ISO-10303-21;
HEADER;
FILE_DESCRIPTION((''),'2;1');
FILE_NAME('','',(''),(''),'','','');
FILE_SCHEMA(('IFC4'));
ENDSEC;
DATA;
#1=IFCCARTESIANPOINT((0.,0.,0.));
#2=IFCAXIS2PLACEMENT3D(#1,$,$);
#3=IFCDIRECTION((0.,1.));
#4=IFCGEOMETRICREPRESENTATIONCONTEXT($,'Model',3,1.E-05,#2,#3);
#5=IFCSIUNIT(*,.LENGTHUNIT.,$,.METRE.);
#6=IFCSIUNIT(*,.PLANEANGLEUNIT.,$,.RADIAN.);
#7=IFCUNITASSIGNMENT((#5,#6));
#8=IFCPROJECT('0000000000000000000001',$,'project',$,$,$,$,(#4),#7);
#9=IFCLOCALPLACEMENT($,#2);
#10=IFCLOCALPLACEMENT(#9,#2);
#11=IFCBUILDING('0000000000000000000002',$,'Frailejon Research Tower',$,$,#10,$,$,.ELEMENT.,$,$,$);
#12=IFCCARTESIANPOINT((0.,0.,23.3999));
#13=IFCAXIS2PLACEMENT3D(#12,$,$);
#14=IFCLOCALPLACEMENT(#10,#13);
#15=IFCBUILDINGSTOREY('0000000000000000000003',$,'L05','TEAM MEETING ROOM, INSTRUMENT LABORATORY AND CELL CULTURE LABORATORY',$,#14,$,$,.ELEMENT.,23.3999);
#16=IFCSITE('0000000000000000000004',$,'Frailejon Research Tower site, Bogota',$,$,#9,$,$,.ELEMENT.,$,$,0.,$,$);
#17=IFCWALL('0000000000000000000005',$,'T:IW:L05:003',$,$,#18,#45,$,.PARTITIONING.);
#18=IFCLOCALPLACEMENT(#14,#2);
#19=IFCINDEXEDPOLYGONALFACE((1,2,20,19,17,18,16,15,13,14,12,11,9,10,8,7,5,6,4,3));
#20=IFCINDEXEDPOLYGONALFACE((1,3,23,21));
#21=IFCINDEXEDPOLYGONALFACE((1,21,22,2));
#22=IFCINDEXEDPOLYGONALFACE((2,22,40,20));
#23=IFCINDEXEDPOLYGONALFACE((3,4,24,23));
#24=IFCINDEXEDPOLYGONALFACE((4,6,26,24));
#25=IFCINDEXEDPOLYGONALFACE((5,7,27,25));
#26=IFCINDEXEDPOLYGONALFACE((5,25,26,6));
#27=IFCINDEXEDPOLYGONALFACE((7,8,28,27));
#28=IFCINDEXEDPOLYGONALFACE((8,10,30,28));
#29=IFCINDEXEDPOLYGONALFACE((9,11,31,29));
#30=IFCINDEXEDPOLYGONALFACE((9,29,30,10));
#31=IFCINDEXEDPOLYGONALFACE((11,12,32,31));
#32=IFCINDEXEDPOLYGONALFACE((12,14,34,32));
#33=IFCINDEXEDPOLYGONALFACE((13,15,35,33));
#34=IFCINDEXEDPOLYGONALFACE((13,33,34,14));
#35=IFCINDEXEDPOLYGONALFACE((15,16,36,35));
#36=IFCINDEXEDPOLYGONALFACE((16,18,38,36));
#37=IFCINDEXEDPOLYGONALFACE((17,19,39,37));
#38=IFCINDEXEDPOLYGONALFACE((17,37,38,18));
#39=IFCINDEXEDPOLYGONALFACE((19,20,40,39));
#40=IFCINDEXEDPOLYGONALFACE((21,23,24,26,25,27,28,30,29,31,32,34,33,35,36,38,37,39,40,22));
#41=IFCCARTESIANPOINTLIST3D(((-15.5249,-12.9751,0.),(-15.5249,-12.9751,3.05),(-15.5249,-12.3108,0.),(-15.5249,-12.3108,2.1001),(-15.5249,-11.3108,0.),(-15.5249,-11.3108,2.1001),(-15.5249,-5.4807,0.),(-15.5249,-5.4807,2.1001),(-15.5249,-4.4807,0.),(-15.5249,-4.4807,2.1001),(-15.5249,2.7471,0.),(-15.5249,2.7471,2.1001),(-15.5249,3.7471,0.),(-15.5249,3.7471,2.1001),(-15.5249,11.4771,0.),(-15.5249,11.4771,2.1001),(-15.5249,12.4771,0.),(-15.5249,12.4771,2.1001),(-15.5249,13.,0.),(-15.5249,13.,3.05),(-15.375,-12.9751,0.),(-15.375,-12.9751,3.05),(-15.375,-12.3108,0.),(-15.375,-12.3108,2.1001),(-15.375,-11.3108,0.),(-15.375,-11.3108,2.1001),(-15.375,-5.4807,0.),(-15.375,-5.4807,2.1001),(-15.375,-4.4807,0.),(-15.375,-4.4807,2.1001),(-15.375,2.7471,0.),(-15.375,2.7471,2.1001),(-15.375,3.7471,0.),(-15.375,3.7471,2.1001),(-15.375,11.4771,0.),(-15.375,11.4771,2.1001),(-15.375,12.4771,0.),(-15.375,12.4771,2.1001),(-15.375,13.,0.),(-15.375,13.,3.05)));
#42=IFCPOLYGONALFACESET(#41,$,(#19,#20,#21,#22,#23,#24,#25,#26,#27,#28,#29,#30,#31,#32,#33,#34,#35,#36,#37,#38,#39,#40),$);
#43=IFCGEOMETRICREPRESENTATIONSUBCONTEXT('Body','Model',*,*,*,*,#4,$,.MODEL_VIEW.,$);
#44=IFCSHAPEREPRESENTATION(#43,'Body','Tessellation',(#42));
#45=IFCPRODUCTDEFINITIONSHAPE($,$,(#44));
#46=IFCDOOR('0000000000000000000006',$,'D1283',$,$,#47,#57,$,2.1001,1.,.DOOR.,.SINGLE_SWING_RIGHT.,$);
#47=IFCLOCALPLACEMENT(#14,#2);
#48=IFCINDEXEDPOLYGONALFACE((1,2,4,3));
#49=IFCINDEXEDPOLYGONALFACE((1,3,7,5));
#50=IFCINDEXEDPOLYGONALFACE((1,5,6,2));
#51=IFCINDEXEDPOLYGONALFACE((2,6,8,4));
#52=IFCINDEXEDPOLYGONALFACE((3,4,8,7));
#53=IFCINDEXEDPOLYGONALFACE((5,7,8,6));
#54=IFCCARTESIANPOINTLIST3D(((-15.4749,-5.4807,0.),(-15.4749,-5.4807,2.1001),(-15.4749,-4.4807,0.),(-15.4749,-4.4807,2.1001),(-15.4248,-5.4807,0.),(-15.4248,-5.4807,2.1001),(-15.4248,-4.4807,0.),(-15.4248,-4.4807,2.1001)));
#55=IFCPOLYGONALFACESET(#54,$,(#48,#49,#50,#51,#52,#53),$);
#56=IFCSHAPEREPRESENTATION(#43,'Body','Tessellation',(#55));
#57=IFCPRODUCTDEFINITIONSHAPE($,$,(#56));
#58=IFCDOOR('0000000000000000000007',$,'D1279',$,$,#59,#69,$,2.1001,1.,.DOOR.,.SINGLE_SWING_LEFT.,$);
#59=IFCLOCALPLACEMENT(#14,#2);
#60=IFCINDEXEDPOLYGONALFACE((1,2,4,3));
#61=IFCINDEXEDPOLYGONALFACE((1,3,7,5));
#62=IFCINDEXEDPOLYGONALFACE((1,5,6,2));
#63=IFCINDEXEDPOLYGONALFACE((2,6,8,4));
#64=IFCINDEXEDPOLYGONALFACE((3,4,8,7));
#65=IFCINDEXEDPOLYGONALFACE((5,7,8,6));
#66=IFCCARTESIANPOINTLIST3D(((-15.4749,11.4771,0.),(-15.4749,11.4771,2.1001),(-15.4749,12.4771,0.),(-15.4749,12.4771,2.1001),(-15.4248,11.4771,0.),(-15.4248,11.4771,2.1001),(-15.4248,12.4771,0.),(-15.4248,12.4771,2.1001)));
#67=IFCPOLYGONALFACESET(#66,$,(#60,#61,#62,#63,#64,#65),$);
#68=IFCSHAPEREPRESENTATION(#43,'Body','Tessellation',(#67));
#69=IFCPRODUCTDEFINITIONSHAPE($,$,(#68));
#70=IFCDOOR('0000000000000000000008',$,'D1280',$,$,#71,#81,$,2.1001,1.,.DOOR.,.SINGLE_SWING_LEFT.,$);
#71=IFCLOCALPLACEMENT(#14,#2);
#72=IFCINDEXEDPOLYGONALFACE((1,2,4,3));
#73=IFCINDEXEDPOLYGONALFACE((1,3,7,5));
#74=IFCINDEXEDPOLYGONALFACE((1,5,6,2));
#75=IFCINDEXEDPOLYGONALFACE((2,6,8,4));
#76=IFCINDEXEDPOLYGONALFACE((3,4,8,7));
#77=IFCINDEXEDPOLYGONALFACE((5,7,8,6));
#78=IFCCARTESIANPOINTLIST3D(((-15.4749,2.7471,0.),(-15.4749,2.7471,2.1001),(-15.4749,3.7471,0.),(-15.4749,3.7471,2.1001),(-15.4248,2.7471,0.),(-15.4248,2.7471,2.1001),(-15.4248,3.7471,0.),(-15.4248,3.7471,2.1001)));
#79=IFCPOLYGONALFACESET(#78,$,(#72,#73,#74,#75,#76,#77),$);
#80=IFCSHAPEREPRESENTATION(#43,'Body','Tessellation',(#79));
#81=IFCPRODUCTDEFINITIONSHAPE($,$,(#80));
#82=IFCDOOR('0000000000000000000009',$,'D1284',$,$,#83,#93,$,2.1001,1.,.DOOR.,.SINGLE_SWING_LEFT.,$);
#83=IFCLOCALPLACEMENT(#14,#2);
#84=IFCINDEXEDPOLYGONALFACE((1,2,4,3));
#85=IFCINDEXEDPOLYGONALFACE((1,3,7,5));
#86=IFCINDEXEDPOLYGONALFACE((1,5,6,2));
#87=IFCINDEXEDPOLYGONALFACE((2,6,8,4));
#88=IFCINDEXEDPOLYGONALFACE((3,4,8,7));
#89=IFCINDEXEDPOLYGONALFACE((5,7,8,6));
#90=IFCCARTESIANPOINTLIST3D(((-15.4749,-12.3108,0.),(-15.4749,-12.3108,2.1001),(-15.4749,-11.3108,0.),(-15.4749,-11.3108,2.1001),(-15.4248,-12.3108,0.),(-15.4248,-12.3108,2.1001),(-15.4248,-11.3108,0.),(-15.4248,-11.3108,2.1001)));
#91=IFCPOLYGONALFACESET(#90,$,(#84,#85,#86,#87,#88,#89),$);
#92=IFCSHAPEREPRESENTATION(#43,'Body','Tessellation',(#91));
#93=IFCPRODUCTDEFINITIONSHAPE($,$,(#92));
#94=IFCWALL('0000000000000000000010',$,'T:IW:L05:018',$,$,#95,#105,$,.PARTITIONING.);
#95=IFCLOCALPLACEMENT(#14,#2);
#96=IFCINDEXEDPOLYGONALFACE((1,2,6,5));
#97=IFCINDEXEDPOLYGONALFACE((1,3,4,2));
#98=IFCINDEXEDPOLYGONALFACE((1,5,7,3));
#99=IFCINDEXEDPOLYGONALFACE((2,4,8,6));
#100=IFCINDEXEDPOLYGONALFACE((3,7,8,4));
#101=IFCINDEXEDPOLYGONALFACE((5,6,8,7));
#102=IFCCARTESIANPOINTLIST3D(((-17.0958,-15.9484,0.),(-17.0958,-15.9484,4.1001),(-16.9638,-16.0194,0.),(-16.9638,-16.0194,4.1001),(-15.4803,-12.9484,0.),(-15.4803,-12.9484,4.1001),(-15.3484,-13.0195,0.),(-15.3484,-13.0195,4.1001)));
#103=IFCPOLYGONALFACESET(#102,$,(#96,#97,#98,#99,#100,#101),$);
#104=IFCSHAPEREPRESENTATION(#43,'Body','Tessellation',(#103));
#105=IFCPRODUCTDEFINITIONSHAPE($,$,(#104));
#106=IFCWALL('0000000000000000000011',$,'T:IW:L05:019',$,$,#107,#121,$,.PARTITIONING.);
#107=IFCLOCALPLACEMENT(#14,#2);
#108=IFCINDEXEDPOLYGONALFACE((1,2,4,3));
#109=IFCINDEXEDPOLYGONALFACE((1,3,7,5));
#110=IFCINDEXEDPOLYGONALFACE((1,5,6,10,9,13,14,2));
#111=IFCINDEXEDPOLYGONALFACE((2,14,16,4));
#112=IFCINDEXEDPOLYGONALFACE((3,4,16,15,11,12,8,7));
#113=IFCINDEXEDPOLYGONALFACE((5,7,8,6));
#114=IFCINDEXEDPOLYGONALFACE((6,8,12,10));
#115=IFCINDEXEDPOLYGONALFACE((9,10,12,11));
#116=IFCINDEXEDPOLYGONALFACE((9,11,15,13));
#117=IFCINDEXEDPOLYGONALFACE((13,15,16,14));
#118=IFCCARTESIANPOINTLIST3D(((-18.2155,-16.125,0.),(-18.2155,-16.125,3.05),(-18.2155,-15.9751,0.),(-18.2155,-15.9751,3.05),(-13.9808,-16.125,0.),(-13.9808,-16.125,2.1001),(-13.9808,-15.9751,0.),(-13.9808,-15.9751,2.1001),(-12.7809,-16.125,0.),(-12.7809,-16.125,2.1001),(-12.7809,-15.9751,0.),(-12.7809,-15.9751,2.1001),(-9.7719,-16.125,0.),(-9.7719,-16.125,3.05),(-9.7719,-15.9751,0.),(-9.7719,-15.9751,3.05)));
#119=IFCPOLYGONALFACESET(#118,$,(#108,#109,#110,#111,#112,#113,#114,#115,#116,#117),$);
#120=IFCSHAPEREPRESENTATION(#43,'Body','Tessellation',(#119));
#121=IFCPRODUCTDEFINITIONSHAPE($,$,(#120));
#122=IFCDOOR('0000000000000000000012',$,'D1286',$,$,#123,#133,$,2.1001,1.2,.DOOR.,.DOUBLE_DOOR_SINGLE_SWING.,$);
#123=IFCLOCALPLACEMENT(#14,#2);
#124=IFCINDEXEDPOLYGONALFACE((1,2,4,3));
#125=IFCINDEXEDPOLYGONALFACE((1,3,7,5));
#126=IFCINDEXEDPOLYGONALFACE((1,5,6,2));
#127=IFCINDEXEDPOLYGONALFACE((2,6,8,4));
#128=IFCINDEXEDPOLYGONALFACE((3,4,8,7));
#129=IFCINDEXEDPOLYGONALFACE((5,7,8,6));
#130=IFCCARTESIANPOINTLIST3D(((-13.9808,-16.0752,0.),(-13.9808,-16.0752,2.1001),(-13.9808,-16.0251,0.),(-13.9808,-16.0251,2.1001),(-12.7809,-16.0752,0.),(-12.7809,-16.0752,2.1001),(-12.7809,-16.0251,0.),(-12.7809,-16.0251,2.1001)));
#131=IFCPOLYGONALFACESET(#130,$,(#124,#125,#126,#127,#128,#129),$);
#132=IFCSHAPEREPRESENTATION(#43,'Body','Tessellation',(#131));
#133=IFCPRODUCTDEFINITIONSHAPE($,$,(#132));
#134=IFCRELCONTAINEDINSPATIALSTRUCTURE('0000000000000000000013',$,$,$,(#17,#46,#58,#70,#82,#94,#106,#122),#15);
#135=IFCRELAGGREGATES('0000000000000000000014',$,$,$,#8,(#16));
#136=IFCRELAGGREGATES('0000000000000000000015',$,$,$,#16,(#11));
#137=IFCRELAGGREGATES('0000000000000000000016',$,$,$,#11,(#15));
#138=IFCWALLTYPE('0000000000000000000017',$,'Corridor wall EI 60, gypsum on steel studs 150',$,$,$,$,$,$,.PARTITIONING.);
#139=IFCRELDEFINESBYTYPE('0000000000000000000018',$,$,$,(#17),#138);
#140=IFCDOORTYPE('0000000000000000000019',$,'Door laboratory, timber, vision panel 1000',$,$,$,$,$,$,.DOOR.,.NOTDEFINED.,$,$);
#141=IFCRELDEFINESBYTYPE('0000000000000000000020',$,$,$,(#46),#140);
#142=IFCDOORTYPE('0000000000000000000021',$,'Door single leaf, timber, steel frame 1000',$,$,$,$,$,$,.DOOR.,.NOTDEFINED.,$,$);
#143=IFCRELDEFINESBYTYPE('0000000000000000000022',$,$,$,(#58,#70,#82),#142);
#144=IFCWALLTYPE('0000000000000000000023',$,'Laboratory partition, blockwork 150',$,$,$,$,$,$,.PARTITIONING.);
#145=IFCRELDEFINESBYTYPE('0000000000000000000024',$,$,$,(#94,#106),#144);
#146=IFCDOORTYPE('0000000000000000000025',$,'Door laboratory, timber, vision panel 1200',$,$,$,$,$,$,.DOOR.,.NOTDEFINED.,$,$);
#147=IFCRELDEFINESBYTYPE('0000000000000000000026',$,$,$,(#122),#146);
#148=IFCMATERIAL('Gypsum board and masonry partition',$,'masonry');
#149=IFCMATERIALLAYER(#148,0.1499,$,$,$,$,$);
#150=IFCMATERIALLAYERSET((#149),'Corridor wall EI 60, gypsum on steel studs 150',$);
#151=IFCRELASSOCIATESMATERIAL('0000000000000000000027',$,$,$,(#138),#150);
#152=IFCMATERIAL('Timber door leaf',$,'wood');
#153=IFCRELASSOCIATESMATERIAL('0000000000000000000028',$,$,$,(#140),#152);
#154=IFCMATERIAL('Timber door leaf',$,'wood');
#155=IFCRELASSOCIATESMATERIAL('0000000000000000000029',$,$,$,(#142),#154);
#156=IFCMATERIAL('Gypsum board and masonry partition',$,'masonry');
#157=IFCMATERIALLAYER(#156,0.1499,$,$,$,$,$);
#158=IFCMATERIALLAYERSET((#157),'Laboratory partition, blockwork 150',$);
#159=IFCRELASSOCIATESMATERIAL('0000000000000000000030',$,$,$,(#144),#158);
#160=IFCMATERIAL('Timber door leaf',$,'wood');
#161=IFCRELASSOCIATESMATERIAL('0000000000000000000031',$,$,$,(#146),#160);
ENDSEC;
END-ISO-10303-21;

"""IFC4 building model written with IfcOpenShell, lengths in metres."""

from ifc_helpers import new_model, si_unit, direction, frame, frame_2d, origin, place, context, subcontext, project, spatial, rectangle, extrude, material, layer, layer_set, type_object, element, fill, save


model = new_model("IFC4")

# Units and contexts
model_context = context("Model", 3, precision=1e-05, world=origin(), true_north=direction((0.0, 1.0)))
body_context = subcontext(model_context, "Body", "Model", "MODEL_VIEW")
ifc_project = project(units=[si_unit("LENGTHUNIT", "METRE"), si_unit("PLANEANGLEUNIT", "RADIAN")], contexts=[model_context])

# Site, building, storey
site_placement = place(None, origin())
site = spatial("IfcSite", under=ifc_project, at=site_placement, Name="Frailejon Research Tower site, Bogota", CompositionType="ELEMENT", RefElevation=0.0)
building_placement = place(site_placement, origin())
building = spatial("IfcBuilding", under=site, at=building_placement, Name="Frailejon Research Tower", CompositionType="ELEMENT")
storey_placement = place(building_placement, frame((0.0, 0.0, 23.3999)))
storey = spatial("IfcBuildingStorey", under=building, at=storey_placement, Name="L05", Description="TEAM MEETING ROOM, INSTRUMENT LABORATORY AND CELL CULTURE LABORATORY", CompositionType="ELEMENT", Elevation=23.3999)

# Wall, openings, doors
ifc_material_1 = material(Name="Gypsum board and masonry partition", Category="masonry")
ifc_layer_1 = layer(ifc_material_1, 0.1499)
ifc_layer_set_1 = layer_set([ifc_layer_1], Name="Corridor wall EI 60, gypsum on steel studs 150")
wall_type_1 = type_object("IfcWallType", Name="Corridor wall EI 60, gypsum on steel studs 150", PredefinedType="PARTITIONING", material=ifc_layer_set_1)
wall_1_placement = place(storey_placement, frame((-15.45, -12.9751, 0.0), z_axis=(0.0, 0.0, 1.0), x_axis=(0.0, 1.0, 0.0)))
wall_1 = element("IfcWall", 1, at=wall_1_placement, inside=storey, type_object=wall_type_1, Name="T:IW:L05:003", PredefinedType="PARTITIONING", context=body_context, shape_type="SweptSolid", body=[
    extrude(rectangle(XDim=25.9751, YDim=0.1499, at=frame_2d((12.9875, 0.0))), origin(), (0.0, 0.0, 1.0), 3.05),
])
opening_1_placement = place(wall_1_placement, frame((24.4521, 0.0, 0.0)))
opening_1 = element("IfcOpeningElement", 2, at=opening_1_placement, cuts=wall_1, PredefinedType="OPENING", context=body_context, shape_type="SweptSolid", body=[
    extrude(rectangle(XDim=1.0, YDim=2.1001, at=frame_2d((0.5, 1.05))), frame((0.0, 0.085, 0.0), z_axis=(0.0, -1.0, 0.0), x_axis=(1.0, 0.0, 0.0)), (0.0, 0.0, 1.0), 0.1699),
])
opening_2_placement = place(wall_1_placement, frame((15.7222, 0.0, 0.0)))
opening_2 = element("IfcOpeningElement", 3, at=opening_2_placement, cuts=wall_1, PredefinedType="OPENING", context=body_context, shape_type="SweptSolid", body=[
    extrude(rectangle(XDim=1.0, YDim=2.1001, at=frame_2d((0.5, 1.05))), frame((0.0, 0.085, 0.0), z_axis=(0.0, -1.0, 0.0), x_axis=(1.0, 0.0, 0.0)), (0.0, 0.0, 1.0), 0.1699),
])
opening_3_placement = place(wall_1_placement, frame((7.4944, 0.0, 0.0)))
opening_3 = element("IfcOpeningElement", 4, at=opening_3_placement, cuts=wall_1, PredefinedType="OPENING", context=body_context, shape_type="SweptSolid", body=[
    extrude(rectangle(XDim=1.0, YDim=2.1001, at=frame_2d((0.5, 1.05))), frame((0.0, 0.085, 0.0), z_axis=(0.0, -1.0, 0.0), x_axis=(1.0, 0.0, 0.0)), (0.0, 0.0, 1.0), 0.1699),
])
opening_4_placement = place(wall_1_placement, frame((0.6643, 0.0, 0.0)))
opening_4 = element("IfcOpeningElement", 5, at=opening_4_placement, cuts=wall_1, PredefinedType="OPENING", context=body_context, shape_type="SweptSolid", body=[
    extrude(rectangle(XDim=1.0, YDim=2.1001, at=frame_2d((0.5, 1.05))), frame((0.0, 0.085, 0.0), z_axis=(0.0, -1.0, 0.0), x_axis=(1.0, 0.0, 0.0)), (0.0, 0.0, 1.0), 0.1699),
])
ifc_material_2 = material(Name="Timber door leaf", Category="wood")
door_type_1 = type_object("IfcDoorType", Name="Door laboratory, timber, vision panel 1000", OperationType="NOTDEFINED", PredefinedType="DOOR", material=ifc_material_2)
door_1_placement = place(opening_3_placement, origin())
door_1 = element("IfcDoor", 6, at=door_1_placement, inside=storey, type_object=door_type_1, Name="D1283", OperationType="SINGLE_SWING_RIGHT", OverallHeight=2.1001, OverallWidth=1.0, PredefinedType="DOOR", context=body_context, shape_type="SweptSolid", body=[
    extrude(rectangle(XDim=1.0, YDim=2.1001, at=frame_2d((0.5, 1.05))), frame((0.0, 0.0249, 0.0), z_axis=(0.0, -1.0, 0.0), x_axis=(1.0, 0.0, 0.0)), (0.0, 0.0, 1.0), 0.05),
])
fill(opening_3, door_1)
ifc_material_3 = material(Name="Timber door leaf", Category="wood")
door_type_2 = type_object("IfcDoorType", Name="Door single leaf, timber, steel frame 1000", OperationType="NOTDEFINED", PredefinedType="DOOR", material=ifc_material_3)
door_2_placement = place(opening_1_placement, origin())
door_2 = element("IfcDoor", 7, at=door_2_placement, inside=storey, type_object=door_type_2, Name="D1279", OperationType="SINGLE_SWING_LEFT", OverallHeight=2.1001, OverallWidth=1.0, PredefinedType="DOOR", context=body_context, shape_type="SweptSolid", body=[
    extrude(rectangle(XDim=1.0, YDim=2.1001, at=frame_2d((0.5, 1.05))), frame((0.0, 0.0249, 0.0), z_axis=(0.0, -1.0, 0.0), x_axis=(1.0, 0.0, 0.0)), (0.0, 0.0, 1.0), 0.05),
])
fill(opening_1, door_2)
door_3_placement = place(opening_2_placement, origin())
door_3 = element("IfcDoor", 8, at=door_3_placement, inside=storey, type_object=door_type_2, Name="D1280", OperationType="SINGLE_SWING_LEFT", OverallHeight=2.1001, OverallWidth=1.0, PredefinedType="DOOR", context=body_context, shape_type="SweptSolid", body=[
    extrude(rectangle(XDim=1.0, YDim=2.1001, at=frame_2d((0.5, 1.05))), frame((0.0, 0.0249, 0.0), z_axis=(0.0, -1.0, 0.0), x_axis=(1.0, 0.0, 0.0)), (0.0, 0.0, 1.0), 0.05),
])
fill(opening_2, door_3)
door_4_placement = place(opening_4_placement, origin())
door_4 = element("IfcDoor", 9, at=door_4_placement, inside=storey, type_object=door_type_2, Name="D1284", OperationType="SINGLE_SWING_LEFT", OverallHeight=2.1001, OverallWidth=1.0, PredefinedType="DOOR", context=body_context, shape_type="SweptSolid", body=[
    extrude(rectangle(XDim=1.0, YDim=2.1001, at=frame_2d((0.5, 1.05))), frame((0.0, 0.0249, 0.0), z_axis=(0.0, -1.0, 0.0), x_axis=(1.0, 0.0, 0.0)), (0.0, 0.0, 1.0), 0.05),
])
fill(opening_4, door_4)

# Wall
ifc_material_4 = material(Name="Gypsum board and masonry partition", Category="masonry")
ifc_layer_2 = layer(ifc_material_4, 0.1499)
ifc_layer_set_2 = layer_set([ifc_layer_2], Name="Laboratory partition, blockwork 150")
wall_type_2 = type_object("IfcWallType", Name="Laboratory partition, blockwork 150", PredefinedType="PARTITIONING", material=ifc_layer_set_2)
wall_2_placement = place(storey_placement, frame((-17.0298, -15.9839, 0.0), z_axis=(0.0, 0.0, 1.0), x_axis=(0.474121, 0.88046, 0.0)))
element("IfcWall", 10, at=wall_2_placement, inside=storey, type_object=wall_type_2, Name="T:IW:L05:018", PredefinedType="PARTITIONING", context=body_context, shape_type="SweptSolid", body=[
    extrude(rectangle(XDim=3.4072, YDim=0.1499, at=frame_2d((1.7036, 0.0))), origin(), (0.0, 0.0, 1.0), 4.1001),
])

# Wall, opening, door
wall_3_placement = place(storey_placement, frame((-18.2153, -16.05, 0.0), z_axis=(0.0, 0.0, 1.0), x_axis=(1.0, 0.0, 0.0)))
wall_3 = element("IfcWall", 11, at=wall_3_placement, inside=storey, type_object=wall_type_2, Name="T:IW:L05:019", PredefinedType="PARTITIONING", context=body_context, shape_type="SweptSolid", body=[
    extrude(rectangle(XDim=8.4436, YDim=0.1499, at=frame_2d((4.2217, 0.0))), origin(), (0.0, 0.0, 1.0), 3.05),
])
opening_5_placement = place(wall_3_placement, frame((4.2344, 0.0, 0.0)))
opening_5 = element("IfcOpeningElement", 12, at=opening_5_placement, cuts=wall_3, PredefinedType="OPENING", context=body_context, shape_type="SweptSolid", body=[
    extrude(rectangle(XDim=1.2, YDim=2.1001, at=frame_2d((0.6001, 1.05))), frame((0.0, 0.085, 0.0), z_axis=(0.0, -1.0, 0.0), x_axis=(1.0, 0.0, 0.0)), (0.0, 0.0, 1.0), 0.1699),
])
ifc_material_5 = material(Name="Timber door leaf", Category="wood")
door_type_3 = type_object("IfcDoorType", Name="Door laboratory, timber, vision panel 1200", OperationType="NOTDEFINED", PredefinedType="DOOR", material=ifc_material_5)
door_5_placement = place(opening_5_placement, origin())
door_5 = element("IfcDoor", 13, at=door_5_placement, inside=storey, type_object=door_type_3, Name="D1286", OperationType="DOUBLE_DOOR_SINGLE_SWING", OverallHeight=2.1001, OverallWidth=1.2, PredefinedType="DOOR", context=body_context, shape_type="SweptSolid", body=[
    extrude(rectangle(XDim=1.2, YDim=2.1001, at=frame_2d((0.6001, 1.05))), frame((0.0, 0.0249, 0.0), z_axis=(0.0, -1.0, 0.0), x_axis=(1.0, 0.0, 0.0)), (0.0, 0.0, 1.0), 0.05),
])
fill(opening_5, door_5)

save(model, "model.ifc")
